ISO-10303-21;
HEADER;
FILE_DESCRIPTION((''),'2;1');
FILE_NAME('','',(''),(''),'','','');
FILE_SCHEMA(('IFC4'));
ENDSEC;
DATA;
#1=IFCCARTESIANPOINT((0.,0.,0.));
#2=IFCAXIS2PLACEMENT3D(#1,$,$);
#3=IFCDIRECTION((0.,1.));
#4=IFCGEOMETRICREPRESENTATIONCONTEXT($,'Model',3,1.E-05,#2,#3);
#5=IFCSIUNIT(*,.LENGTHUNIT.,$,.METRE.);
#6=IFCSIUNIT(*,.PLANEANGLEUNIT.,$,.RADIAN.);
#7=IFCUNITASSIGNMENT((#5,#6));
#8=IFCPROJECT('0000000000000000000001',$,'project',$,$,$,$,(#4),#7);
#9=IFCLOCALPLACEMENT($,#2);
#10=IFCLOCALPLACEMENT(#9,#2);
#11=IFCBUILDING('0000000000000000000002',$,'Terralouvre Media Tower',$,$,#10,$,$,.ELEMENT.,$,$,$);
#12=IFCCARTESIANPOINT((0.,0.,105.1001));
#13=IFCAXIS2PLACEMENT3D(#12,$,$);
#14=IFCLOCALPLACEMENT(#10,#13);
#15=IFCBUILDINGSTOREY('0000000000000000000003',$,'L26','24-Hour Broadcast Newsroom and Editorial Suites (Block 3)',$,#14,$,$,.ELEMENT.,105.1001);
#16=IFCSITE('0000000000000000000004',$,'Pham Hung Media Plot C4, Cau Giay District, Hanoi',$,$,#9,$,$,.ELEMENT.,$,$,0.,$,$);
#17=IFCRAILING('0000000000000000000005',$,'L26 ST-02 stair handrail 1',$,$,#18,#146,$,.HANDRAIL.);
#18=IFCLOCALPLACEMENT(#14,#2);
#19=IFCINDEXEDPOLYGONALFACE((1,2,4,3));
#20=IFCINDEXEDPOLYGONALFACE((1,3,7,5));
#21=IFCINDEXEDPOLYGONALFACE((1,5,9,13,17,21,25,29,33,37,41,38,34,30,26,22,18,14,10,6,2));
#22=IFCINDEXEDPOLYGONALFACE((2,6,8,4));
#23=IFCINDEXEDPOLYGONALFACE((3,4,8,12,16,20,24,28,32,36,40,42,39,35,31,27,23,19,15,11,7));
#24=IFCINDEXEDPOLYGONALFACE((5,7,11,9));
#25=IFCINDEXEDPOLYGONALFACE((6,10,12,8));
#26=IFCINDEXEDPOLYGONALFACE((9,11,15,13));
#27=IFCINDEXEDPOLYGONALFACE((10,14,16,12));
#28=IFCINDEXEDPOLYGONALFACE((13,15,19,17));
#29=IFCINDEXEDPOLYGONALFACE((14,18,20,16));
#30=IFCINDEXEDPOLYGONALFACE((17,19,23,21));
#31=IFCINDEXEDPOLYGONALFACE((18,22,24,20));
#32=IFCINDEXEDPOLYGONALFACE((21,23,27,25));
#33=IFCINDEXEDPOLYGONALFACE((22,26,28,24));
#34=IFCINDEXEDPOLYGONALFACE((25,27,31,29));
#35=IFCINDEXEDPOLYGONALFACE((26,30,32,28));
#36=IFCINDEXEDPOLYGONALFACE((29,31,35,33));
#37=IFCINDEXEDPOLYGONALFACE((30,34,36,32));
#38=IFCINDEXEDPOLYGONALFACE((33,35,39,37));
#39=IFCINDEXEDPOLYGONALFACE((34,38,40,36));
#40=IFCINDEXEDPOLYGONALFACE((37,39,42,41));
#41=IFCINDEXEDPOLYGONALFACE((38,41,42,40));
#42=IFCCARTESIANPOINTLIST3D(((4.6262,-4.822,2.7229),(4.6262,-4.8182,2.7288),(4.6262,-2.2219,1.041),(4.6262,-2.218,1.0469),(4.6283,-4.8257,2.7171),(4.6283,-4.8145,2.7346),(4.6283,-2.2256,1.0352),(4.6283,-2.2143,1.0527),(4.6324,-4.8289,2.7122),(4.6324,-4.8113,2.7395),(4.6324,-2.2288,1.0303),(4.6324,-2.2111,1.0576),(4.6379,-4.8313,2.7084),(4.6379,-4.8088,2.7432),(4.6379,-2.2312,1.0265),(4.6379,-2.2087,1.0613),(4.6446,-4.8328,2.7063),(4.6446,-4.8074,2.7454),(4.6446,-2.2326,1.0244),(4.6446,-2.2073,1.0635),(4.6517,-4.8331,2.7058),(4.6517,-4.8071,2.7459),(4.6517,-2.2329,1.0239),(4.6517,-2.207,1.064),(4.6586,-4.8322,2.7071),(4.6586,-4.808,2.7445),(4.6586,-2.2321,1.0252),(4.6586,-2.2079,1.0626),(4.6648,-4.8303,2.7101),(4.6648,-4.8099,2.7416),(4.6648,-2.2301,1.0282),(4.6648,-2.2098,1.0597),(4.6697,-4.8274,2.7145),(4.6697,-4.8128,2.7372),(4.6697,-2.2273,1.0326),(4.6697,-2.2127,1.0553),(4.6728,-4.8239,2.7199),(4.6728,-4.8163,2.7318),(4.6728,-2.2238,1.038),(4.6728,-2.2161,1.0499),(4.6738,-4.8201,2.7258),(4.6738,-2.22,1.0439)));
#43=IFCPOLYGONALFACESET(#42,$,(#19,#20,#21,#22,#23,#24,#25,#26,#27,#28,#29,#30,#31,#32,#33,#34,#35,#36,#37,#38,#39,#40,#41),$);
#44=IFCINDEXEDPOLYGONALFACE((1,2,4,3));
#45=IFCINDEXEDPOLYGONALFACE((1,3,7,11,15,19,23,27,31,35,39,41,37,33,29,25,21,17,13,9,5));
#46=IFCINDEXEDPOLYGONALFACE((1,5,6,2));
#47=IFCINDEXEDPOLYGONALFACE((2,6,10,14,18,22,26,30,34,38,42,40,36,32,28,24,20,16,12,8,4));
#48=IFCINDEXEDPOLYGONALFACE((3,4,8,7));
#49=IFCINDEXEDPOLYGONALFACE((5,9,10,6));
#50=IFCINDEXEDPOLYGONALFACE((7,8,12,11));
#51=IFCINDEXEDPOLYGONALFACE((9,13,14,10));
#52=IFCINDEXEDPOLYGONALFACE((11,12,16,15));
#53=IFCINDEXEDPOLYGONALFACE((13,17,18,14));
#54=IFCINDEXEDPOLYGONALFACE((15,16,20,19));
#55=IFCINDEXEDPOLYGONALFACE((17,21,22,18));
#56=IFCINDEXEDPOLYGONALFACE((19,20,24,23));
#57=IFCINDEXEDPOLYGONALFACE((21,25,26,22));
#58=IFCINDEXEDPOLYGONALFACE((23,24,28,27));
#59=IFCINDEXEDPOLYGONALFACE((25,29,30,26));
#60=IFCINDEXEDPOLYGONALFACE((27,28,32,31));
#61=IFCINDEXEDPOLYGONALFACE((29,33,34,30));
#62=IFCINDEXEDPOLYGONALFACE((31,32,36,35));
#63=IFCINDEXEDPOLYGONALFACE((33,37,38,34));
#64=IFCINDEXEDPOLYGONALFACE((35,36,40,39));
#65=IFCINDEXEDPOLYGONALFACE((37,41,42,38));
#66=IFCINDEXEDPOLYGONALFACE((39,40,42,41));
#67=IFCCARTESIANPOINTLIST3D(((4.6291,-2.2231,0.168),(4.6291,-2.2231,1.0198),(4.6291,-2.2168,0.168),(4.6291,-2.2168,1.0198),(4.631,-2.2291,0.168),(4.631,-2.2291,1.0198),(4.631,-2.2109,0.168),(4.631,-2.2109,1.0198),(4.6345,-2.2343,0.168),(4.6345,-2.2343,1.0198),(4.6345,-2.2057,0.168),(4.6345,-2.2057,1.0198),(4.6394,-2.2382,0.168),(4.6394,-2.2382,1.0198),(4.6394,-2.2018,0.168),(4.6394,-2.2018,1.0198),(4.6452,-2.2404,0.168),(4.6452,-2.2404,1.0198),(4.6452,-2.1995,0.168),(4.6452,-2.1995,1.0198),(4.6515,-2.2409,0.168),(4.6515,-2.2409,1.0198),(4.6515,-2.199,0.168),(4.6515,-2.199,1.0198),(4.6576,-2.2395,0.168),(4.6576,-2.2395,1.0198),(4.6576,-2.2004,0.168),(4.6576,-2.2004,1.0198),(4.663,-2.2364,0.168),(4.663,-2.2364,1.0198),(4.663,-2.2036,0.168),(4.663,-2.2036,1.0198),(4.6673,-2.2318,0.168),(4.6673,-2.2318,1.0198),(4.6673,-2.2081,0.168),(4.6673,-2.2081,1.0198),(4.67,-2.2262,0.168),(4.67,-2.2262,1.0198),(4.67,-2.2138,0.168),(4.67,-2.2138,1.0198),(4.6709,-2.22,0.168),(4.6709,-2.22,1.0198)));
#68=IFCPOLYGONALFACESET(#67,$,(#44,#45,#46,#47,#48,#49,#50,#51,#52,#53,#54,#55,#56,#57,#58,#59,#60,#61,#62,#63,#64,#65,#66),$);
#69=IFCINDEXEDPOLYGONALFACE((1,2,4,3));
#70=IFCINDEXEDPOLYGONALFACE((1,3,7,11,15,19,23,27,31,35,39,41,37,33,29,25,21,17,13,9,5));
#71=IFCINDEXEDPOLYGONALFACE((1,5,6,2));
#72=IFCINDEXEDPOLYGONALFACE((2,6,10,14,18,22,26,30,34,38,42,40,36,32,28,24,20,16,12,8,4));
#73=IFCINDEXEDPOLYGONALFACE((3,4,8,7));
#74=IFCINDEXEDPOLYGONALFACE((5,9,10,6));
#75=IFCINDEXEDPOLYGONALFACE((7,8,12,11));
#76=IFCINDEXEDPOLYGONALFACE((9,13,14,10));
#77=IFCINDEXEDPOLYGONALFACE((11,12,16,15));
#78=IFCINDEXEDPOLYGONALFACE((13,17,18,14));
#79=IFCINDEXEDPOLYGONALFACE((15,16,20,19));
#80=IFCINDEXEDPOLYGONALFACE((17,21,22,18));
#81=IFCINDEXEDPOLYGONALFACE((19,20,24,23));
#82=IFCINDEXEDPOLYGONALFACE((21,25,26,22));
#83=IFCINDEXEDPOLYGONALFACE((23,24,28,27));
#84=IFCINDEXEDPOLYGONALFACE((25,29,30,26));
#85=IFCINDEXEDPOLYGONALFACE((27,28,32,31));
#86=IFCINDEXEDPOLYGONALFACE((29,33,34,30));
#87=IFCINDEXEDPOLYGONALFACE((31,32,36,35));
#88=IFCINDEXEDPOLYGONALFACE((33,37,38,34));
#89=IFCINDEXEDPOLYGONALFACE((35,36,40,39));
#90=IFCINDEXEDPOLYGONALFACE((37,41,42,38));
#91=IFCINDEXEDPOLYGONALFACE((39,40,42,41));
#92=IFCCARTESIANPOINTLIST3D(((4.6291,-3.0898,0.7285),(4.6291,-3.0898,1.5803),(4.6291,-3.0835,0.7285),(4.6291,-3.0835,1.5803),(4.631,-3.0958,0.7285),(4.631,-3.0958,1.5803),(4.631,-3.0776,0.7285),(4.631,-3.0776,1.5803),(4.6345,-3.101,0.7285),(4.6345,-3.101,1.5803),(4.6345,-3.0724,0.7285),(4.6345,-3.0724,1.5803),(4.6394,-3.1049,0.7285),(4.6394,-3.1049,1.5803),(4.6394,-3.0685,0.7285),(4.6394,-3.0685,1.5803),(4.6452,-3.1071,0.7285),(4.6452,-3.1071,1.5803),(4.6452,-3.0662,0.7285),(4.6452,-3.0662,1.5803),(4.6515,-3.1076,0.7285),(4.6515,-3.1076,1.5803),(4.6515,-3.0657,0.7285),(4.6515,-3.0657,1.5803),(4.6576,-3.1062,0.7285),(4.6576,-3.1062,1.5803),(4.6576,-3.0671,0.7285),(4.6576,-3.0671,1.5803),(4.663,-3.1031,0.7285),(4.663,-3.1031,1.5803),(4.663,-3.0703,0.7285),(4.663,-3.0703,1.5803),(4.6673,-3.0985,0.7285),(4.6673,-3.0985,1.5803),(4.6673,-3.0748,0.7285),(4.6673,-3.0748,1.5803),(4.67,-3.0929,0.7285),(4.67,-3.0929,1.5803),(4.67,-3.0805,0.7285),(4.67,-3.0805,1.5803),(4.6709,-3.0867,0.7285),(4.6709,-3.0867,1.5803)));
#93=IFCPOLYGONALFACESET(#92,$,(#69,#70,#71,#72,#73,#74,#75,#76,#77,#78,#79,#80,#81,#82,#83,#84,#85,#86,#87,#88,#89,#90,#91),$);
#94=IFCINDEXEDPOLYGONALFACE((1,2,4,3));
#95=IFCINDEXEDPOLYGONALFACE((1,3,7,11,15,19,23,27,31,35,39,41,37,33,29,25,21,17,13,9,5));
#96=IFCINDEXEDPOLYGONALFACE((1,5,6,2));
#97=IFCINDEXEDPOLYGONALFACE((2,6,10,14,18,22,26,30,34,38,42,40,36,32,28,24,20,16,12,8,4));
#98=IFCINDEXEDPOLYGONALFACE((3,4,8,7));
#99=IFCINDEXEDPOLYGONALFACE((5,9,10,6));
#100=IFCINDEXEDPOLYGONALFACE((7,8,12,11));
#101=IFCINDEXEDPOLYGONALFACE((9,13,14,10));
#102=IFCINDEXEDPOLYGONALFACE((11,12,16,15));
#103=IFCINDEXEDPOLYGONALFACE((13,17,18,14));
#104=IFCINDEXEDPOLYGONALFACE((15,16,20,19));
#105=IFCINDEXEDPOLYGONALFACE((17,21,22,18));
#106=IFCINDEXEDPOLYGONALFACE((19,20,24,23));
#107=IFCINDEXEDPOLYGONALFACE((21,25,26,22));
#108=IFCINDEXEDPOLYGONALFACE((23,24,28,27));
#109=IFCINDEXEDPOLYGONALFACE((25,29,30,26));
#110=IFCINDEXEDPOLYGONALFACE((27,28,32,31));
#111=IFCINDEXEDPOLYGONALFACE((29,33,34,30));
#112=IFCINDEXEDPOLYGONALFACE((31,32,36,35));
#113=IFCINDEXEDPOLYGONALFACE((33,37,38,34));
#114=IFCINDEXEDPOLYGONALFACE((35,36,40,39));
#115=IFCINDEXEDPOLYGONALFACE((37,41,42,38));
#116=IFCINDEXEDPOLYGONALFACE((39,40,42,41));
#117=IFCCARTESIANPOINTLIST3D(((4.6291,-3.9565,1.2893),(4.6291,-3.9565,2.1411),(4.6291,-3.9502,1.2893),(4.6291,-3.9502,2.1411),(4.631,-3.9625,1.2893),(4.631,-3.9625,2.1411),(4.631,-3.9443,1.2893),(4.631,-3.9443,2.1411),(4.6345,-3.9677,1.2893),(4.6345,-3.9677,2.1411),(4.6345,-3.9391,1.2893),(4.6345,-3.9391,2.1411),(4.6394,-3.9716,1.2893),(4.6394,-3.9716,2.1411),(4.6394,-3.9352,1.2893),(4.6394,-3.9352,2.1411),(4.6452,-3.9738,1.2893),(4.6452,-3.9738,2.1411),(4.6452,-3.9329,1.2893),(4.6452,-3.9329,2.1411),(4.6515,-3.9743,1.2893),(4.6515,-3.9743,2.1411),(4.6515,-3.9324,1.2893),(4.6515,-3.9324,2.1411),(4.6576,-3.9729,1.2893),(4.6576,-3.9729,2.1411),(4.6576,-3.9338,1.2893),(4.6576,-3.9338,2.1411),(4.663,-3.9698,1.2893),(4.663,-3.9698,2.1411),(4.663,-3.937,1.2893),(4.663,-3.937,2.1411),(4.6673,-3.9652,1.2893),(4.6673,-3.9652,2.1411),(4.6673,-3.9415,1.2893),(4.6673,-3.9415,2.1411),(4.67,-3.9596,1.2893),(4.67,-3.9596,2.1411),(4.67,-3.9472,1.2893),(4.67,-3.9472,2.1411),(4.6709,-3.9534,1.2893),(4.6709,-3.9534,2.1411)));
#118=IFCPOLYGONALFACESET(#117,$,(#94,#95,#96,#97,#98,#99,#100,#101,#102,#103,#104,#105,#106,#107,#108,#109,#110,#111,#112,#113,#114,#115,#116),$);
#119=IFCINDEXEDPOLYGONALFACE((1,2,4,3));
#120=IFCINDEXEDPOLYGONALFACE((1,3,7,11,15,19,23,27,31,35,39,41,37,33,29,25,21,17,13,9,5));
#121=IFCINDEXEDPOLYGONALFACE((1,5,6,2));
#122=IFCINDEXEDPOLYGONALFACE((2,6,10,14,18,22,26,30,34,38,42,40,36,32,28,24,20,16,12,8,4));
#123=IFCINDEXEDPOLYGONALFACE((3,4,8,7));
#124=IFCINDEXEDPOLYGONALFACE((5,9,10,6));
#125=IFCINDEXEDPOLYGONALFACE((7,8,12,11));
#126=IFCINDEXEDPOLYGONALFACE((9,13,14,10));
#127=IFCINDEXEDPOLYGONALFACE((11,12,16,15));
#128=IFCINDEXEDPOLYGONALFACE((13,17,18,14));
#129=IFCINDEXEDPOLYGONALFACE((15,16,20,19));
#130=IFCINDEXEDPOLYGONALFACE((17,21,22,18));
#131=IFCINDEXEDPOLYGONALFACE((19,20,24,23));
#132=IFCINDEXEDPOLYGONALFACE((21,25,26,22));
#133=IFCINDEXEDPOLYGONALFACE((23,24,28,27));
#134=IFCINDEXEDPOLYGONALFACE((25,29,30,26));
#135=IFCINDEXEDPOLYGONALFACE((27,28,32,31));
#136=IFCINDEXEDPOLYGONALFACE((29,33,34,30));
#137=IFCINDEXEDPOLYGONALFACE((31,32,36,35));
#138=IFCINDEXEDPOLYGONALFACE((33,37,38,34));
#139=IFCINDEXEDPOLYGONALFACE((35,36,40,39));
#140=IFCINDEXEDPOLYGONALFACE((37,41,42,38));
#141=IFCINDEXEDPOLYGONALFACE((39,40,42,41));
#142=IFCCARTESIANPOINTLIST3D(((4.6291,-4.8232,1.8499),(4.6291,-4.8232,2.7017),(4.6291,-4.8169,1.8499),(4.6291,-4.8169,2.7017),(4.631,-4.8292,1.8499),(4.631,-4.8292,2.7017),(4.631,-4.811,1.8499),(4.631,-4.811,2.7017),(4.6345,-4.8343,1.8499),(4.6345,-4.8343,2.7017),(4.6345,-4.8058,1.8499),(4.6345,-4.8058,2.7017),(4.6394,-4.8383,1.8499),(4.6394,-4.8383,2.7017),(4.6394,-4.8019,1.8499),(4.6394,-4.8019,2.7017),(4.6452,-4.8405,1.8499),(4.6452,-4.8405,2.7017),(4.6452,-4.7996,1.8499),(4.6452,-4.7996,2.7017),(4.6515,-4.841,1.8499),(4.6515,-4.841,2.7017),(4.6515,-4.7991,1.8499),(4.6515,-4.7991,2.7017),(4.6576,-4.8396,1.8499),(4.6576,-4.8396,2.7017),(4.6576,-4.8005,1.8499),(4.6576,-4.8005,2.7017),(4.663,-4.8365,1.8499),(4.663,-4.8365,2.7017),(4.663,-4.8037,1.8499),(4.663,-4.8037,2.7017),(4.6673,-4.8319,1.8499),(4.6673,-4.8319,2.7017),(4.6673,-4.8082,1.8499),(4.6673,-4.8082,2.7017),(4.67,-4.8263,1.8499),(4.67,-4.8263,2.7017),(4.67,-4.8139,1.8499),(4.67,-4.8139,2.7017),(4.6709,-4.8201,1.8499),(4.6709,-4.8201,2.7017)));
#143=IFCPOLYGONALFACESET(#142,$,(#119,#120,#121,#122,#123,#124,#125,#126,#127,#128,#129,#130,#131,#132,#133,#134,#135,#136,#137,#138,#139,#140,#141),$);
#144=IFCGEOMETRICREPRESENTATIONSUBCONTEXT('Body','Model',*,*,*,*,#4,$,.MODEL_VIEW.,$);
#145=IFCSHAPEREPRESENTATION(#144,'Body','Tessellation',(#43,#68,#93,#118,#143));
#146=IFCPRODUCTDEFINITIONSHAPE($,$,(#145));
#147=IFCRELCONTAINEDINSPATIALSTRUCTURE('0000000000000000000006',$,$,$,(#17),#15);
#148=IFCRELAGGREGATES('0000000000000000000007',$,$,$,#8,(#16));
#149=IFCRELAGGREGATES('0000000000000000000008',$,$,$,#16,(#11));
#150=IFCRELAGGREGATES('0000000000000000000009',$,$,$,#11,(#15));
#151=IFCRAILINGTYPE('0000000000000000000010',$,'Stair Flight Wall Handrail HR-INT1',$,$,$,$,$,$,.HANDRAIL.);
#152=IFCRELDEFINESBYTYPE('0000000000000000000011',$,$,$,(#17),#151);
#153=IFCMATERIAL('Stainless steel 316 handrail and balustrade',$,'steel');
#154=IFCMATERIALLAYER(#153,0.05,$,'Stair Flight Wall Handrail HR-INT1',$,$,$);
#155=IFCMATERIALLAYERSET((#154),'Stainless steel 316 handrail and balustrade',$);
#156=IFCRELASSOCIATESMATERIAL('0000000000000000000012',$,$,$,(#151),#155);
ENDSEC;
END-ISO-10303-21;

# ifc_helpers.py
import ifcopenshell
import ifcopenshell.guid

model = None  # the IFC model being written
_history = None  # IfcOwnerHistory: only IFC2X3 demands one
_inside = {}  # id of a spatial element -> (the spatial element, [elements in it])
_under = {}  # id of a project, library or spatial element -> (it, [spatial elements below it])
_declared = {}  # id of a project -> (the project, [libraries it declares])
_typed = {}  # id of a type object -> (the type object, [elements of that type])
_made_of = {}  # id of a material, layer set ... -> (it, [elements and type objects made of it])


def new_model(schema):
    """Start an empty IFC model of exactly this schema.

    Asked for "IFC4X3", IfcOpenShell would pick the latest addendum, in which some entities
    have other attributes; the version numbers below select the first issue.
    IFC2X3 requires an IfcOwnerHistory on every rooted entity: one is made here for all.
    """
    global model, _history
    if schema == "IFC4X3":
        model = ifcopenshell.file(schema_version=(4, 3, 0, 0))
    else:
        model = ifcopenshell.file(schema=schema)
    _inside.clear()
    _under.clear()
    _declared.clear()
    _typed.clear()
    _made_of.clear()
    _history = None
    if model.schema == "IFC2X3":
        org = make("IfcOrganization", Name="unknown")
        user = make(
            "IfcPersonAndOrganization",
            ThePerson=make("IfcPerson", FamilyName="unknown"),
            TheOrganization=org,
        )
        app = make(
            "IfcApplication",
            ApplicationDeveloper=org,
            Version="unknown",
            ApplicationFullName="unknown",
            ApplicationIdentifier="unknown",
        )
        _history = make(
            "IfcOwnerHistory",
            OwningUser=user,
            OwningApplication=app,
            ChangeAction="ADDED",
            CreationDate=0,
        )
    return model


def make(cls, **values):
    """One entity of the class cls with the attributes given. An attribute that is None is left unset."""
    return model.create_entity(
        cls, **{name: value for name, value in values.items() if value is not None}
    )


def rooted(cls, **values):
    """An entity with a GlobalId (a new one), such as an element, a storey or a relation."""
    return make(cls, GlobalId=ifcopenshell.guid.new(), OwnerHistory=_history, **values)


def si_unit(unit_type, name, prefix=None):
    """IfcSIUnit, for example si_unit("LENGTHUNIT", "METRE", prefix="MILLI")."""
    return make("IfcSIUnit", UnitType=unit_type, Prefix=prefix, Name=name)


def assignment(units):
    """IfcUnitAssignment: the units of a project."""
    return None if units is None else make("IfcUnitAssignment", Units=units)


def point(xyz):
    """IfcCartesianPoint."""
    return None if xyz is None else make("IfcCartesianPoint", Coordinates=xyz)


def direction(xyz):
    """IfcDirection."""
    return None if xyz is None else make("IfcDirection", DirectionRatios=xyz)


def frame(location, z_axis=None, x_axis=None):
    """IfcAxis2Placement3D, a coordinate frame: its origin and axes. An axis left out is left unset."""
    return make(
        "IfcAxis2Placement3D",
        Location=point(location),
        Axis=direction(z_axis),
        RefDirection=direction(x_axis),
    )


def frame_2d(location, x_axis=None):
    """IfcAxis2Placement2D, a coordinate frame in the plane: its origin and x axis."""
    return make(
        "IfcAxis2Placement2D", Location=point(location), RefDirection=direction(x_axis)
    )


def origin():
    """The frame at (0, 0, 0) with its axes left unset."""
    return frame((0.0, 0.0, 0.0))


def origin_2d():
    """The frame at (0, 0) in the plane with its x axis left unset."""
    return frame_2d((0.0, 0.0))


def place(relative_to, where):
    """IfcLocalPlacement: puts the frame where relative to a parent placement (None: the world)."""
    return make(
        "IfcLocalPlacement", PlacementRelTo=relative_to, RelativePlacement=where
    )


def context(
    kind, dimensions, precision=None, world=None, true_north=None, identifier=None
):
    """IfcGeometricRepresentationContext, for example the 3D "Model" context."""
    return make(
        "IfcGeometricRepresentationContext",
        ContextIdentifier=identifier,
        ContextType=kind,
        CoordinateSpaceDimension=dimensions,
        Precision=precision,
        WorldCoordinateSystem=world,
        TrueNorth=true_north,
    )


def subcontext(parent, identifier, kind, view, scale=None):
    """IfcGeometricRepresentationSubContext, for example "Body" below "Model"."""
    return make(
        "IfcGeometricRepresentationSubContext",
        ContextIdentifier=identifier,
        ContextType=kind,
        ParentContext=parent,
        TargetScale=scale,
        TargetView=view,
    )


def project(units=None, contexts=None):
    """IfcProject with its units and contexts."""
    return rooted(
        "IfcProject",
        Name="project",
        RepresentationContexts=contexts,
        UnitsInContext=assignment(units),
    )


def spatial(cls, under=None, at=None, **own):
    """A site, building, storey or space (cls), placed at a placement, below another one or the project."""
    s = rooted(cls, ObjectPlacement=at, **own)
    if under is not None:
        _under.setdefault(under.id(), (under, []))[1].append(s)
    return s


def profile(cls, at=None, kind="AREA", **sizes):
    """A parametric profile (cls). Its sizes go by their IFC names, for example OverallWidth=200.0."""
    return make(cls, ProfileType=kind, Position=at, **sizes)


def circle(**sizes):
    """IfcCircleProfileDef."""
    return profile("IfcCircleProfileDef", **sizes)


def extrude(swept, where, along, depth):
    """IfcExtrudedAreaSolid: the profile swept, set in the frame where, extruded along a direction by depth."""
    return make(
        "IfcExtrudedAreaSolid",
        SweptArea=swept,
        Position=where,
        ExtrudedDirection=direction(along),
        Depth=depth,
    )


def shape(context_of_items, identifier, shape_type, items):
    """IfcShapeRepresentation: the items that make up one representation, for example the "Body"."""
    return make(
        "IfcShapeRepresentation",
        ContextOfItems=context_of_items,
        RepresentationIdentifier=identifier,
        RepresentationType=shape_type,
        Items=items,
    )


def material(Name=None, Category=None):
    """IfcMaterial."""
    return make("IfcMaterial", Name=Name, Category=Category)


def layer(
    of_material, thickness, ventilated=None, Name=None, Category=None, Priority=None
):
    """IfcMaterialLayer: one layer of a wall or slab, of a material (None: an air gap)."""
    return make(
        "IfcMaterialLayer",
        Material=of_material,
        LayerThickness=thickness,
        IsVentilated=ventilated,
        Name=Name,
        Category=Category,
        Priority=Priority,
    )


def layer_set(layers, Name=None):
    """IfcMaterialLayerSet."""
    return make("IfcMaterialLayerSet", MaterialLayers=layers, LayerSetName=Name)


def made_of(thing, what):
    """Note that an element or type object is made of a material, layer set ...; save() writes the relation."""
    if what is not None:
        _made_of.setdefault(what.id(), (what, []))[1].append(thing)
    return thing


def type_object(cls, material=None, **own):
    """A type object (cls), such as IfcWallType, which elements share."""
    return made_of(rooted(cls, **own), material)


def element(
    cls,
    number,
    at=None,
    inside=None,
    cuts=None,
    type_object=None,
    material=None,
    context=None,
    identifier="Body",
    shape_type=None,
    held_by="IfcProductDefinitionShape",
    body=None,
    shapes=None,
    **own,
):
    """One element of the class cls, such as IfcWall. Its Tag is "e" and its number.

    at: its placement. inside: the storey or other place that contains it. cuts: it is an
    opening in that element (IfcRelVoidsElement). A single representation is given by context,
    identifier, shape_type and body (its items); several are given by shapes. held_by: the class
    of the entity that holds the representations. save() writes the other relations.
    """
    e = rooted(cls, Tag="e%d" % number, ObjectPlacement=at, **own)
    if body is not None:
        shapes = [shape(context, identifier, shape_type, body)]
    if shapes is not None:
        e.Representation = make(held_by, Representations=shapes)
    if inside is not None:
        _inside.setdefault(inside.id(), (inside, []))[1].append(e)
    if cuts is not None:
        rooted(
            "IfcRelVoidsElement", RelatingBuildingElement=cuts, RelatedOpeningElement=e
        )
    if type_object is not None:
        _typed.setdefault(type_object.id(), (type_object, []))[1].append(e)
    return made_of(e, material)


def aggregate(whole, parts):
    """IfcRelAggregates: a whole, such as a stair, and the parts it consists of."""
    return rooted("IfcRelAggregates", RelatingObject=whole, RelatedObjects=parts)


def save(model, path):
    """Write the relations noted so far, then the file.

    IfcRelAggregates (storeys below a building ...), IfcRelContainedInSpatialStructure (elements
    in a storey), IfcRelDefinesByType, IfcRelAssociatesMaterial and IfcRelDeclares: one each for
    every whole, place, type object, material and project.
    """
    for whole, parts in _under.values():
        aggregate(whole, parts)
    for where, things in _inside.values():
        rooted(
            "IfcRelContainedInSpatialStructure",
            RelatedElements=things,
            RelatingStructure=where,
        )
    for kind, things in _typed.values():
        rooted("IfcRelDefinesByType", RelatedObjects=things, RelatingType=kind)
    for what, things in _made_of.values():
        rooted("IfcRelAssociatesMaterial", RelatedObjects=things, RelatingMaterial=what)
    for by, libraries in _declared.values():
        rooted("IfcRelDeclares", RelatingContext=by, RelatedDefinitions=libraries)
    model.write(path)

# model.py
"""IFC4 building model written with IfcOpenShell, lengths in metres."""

from ifc_helpers import new_model, si_unit, direction, frame, origin, origin_2d, place, context, subcontext, project, spatial, circle, extrude, material, layer, layer_set, type_object, element, save


model = new_model("IFC4")

# Units and contexts
model_context = context("Model", 3, precision=1e-05, world=origin(), true_north=direction((0.0, 1.0)))
body_context = subcontext(model_context, "Body", "Model", "MODEL_VIEW")
ifc_project = project(units=[si_unit("LENGTHUNIT", "METRE"), si_unit("PLANEANGLEUNIT", "RADIAN")], contexts=[model_context])

# Site, building, storey
site_placement = place(None, origin())
site = spatial("IfcSite", under=ifc_project, at=site_placement, Name="Pham Hung Media Plot C4, Cau Giay District, Hanoi", CompositionType="ELEMENT", RefElevation=0.0)
building_placement = place(site_placement, origin())
building = spatial("IfcBuilding", under=site, at=building_placement, Name="Terralouvre Media Tower", CompositionType="ELEMENT")
storey_placement = place(building_placement, frame((0.0, 0.0, 105.1001)))
storey = spatial("IfcBuildingStorey", under=building, at=storey_placement, Name="L26", Description="24-Hour Broadcast Newsroom and Editorial Suites (Block 3)", CompositionType="ELEMENT", Elevation=105.1001)

# Railing
ifc_material_1 = material(Name="Stainless steel 316 handrail and balustrade", Category="steel")
ifc_layer_1 = layer(ifc_material_1, 0.05, Name="Stair Flight Wall Handrail HR-INT1")
ifc_layer_set_1 = layer_set([ifc_layer_1], Name="Stainless steel 316 handrail and balustrade")
railing_type_1 = type_object("IfcRailingType", Name="Stair Flight Wall Handrail HR-INT1", PredefinedType="HANDRAIL", material=ifc_layer_set_1)
railing_1_placement = place(storey_placement, frame((4.6499, -2.22, 0.168)))
element("IfcRailing", 1, at=railing_1_placement, inside=storey, type_object=railing_type_1, Name="L26 ST-02 stair handrail 1", PredefinedType="HANDRAIL", context=body_context, shape_type="SweptSolid", body=[
    extrude(circle(Radius=0.0239, at=origin_2d()), frame((0.0, 0.0, 0.876), z_axis=(0.0, -0.839648, 0.54313), x_axis=(1.0, 0.0, 0.0)), (0.0, 0.0, 1.0), 3.0967),
    extrude(circle(Radius=0.021, at=origin_2d()), origin(), (0.0, 0.0, 1.0), 0.8518),
    extrude(circle(Radius=0.021, at=origin_2d()), frame((0.0, -0.8667, 0.5605)), (0.0, 0.0, 1.0), 0.8518),
    extrude(circle(Radius=0.021, at=origin_2d()), frame((0.0, -1.7334, 1.1213)), (0.0, 0.0, 1.0), 0.8518),
    extrude(circle(Radius=0.021, at=origin_2d()), frame((0.0, -2.6001, 1.6819)), (0.0, 0.0, 1.0), 0.8518),
])

save(model, "model.ifc")
